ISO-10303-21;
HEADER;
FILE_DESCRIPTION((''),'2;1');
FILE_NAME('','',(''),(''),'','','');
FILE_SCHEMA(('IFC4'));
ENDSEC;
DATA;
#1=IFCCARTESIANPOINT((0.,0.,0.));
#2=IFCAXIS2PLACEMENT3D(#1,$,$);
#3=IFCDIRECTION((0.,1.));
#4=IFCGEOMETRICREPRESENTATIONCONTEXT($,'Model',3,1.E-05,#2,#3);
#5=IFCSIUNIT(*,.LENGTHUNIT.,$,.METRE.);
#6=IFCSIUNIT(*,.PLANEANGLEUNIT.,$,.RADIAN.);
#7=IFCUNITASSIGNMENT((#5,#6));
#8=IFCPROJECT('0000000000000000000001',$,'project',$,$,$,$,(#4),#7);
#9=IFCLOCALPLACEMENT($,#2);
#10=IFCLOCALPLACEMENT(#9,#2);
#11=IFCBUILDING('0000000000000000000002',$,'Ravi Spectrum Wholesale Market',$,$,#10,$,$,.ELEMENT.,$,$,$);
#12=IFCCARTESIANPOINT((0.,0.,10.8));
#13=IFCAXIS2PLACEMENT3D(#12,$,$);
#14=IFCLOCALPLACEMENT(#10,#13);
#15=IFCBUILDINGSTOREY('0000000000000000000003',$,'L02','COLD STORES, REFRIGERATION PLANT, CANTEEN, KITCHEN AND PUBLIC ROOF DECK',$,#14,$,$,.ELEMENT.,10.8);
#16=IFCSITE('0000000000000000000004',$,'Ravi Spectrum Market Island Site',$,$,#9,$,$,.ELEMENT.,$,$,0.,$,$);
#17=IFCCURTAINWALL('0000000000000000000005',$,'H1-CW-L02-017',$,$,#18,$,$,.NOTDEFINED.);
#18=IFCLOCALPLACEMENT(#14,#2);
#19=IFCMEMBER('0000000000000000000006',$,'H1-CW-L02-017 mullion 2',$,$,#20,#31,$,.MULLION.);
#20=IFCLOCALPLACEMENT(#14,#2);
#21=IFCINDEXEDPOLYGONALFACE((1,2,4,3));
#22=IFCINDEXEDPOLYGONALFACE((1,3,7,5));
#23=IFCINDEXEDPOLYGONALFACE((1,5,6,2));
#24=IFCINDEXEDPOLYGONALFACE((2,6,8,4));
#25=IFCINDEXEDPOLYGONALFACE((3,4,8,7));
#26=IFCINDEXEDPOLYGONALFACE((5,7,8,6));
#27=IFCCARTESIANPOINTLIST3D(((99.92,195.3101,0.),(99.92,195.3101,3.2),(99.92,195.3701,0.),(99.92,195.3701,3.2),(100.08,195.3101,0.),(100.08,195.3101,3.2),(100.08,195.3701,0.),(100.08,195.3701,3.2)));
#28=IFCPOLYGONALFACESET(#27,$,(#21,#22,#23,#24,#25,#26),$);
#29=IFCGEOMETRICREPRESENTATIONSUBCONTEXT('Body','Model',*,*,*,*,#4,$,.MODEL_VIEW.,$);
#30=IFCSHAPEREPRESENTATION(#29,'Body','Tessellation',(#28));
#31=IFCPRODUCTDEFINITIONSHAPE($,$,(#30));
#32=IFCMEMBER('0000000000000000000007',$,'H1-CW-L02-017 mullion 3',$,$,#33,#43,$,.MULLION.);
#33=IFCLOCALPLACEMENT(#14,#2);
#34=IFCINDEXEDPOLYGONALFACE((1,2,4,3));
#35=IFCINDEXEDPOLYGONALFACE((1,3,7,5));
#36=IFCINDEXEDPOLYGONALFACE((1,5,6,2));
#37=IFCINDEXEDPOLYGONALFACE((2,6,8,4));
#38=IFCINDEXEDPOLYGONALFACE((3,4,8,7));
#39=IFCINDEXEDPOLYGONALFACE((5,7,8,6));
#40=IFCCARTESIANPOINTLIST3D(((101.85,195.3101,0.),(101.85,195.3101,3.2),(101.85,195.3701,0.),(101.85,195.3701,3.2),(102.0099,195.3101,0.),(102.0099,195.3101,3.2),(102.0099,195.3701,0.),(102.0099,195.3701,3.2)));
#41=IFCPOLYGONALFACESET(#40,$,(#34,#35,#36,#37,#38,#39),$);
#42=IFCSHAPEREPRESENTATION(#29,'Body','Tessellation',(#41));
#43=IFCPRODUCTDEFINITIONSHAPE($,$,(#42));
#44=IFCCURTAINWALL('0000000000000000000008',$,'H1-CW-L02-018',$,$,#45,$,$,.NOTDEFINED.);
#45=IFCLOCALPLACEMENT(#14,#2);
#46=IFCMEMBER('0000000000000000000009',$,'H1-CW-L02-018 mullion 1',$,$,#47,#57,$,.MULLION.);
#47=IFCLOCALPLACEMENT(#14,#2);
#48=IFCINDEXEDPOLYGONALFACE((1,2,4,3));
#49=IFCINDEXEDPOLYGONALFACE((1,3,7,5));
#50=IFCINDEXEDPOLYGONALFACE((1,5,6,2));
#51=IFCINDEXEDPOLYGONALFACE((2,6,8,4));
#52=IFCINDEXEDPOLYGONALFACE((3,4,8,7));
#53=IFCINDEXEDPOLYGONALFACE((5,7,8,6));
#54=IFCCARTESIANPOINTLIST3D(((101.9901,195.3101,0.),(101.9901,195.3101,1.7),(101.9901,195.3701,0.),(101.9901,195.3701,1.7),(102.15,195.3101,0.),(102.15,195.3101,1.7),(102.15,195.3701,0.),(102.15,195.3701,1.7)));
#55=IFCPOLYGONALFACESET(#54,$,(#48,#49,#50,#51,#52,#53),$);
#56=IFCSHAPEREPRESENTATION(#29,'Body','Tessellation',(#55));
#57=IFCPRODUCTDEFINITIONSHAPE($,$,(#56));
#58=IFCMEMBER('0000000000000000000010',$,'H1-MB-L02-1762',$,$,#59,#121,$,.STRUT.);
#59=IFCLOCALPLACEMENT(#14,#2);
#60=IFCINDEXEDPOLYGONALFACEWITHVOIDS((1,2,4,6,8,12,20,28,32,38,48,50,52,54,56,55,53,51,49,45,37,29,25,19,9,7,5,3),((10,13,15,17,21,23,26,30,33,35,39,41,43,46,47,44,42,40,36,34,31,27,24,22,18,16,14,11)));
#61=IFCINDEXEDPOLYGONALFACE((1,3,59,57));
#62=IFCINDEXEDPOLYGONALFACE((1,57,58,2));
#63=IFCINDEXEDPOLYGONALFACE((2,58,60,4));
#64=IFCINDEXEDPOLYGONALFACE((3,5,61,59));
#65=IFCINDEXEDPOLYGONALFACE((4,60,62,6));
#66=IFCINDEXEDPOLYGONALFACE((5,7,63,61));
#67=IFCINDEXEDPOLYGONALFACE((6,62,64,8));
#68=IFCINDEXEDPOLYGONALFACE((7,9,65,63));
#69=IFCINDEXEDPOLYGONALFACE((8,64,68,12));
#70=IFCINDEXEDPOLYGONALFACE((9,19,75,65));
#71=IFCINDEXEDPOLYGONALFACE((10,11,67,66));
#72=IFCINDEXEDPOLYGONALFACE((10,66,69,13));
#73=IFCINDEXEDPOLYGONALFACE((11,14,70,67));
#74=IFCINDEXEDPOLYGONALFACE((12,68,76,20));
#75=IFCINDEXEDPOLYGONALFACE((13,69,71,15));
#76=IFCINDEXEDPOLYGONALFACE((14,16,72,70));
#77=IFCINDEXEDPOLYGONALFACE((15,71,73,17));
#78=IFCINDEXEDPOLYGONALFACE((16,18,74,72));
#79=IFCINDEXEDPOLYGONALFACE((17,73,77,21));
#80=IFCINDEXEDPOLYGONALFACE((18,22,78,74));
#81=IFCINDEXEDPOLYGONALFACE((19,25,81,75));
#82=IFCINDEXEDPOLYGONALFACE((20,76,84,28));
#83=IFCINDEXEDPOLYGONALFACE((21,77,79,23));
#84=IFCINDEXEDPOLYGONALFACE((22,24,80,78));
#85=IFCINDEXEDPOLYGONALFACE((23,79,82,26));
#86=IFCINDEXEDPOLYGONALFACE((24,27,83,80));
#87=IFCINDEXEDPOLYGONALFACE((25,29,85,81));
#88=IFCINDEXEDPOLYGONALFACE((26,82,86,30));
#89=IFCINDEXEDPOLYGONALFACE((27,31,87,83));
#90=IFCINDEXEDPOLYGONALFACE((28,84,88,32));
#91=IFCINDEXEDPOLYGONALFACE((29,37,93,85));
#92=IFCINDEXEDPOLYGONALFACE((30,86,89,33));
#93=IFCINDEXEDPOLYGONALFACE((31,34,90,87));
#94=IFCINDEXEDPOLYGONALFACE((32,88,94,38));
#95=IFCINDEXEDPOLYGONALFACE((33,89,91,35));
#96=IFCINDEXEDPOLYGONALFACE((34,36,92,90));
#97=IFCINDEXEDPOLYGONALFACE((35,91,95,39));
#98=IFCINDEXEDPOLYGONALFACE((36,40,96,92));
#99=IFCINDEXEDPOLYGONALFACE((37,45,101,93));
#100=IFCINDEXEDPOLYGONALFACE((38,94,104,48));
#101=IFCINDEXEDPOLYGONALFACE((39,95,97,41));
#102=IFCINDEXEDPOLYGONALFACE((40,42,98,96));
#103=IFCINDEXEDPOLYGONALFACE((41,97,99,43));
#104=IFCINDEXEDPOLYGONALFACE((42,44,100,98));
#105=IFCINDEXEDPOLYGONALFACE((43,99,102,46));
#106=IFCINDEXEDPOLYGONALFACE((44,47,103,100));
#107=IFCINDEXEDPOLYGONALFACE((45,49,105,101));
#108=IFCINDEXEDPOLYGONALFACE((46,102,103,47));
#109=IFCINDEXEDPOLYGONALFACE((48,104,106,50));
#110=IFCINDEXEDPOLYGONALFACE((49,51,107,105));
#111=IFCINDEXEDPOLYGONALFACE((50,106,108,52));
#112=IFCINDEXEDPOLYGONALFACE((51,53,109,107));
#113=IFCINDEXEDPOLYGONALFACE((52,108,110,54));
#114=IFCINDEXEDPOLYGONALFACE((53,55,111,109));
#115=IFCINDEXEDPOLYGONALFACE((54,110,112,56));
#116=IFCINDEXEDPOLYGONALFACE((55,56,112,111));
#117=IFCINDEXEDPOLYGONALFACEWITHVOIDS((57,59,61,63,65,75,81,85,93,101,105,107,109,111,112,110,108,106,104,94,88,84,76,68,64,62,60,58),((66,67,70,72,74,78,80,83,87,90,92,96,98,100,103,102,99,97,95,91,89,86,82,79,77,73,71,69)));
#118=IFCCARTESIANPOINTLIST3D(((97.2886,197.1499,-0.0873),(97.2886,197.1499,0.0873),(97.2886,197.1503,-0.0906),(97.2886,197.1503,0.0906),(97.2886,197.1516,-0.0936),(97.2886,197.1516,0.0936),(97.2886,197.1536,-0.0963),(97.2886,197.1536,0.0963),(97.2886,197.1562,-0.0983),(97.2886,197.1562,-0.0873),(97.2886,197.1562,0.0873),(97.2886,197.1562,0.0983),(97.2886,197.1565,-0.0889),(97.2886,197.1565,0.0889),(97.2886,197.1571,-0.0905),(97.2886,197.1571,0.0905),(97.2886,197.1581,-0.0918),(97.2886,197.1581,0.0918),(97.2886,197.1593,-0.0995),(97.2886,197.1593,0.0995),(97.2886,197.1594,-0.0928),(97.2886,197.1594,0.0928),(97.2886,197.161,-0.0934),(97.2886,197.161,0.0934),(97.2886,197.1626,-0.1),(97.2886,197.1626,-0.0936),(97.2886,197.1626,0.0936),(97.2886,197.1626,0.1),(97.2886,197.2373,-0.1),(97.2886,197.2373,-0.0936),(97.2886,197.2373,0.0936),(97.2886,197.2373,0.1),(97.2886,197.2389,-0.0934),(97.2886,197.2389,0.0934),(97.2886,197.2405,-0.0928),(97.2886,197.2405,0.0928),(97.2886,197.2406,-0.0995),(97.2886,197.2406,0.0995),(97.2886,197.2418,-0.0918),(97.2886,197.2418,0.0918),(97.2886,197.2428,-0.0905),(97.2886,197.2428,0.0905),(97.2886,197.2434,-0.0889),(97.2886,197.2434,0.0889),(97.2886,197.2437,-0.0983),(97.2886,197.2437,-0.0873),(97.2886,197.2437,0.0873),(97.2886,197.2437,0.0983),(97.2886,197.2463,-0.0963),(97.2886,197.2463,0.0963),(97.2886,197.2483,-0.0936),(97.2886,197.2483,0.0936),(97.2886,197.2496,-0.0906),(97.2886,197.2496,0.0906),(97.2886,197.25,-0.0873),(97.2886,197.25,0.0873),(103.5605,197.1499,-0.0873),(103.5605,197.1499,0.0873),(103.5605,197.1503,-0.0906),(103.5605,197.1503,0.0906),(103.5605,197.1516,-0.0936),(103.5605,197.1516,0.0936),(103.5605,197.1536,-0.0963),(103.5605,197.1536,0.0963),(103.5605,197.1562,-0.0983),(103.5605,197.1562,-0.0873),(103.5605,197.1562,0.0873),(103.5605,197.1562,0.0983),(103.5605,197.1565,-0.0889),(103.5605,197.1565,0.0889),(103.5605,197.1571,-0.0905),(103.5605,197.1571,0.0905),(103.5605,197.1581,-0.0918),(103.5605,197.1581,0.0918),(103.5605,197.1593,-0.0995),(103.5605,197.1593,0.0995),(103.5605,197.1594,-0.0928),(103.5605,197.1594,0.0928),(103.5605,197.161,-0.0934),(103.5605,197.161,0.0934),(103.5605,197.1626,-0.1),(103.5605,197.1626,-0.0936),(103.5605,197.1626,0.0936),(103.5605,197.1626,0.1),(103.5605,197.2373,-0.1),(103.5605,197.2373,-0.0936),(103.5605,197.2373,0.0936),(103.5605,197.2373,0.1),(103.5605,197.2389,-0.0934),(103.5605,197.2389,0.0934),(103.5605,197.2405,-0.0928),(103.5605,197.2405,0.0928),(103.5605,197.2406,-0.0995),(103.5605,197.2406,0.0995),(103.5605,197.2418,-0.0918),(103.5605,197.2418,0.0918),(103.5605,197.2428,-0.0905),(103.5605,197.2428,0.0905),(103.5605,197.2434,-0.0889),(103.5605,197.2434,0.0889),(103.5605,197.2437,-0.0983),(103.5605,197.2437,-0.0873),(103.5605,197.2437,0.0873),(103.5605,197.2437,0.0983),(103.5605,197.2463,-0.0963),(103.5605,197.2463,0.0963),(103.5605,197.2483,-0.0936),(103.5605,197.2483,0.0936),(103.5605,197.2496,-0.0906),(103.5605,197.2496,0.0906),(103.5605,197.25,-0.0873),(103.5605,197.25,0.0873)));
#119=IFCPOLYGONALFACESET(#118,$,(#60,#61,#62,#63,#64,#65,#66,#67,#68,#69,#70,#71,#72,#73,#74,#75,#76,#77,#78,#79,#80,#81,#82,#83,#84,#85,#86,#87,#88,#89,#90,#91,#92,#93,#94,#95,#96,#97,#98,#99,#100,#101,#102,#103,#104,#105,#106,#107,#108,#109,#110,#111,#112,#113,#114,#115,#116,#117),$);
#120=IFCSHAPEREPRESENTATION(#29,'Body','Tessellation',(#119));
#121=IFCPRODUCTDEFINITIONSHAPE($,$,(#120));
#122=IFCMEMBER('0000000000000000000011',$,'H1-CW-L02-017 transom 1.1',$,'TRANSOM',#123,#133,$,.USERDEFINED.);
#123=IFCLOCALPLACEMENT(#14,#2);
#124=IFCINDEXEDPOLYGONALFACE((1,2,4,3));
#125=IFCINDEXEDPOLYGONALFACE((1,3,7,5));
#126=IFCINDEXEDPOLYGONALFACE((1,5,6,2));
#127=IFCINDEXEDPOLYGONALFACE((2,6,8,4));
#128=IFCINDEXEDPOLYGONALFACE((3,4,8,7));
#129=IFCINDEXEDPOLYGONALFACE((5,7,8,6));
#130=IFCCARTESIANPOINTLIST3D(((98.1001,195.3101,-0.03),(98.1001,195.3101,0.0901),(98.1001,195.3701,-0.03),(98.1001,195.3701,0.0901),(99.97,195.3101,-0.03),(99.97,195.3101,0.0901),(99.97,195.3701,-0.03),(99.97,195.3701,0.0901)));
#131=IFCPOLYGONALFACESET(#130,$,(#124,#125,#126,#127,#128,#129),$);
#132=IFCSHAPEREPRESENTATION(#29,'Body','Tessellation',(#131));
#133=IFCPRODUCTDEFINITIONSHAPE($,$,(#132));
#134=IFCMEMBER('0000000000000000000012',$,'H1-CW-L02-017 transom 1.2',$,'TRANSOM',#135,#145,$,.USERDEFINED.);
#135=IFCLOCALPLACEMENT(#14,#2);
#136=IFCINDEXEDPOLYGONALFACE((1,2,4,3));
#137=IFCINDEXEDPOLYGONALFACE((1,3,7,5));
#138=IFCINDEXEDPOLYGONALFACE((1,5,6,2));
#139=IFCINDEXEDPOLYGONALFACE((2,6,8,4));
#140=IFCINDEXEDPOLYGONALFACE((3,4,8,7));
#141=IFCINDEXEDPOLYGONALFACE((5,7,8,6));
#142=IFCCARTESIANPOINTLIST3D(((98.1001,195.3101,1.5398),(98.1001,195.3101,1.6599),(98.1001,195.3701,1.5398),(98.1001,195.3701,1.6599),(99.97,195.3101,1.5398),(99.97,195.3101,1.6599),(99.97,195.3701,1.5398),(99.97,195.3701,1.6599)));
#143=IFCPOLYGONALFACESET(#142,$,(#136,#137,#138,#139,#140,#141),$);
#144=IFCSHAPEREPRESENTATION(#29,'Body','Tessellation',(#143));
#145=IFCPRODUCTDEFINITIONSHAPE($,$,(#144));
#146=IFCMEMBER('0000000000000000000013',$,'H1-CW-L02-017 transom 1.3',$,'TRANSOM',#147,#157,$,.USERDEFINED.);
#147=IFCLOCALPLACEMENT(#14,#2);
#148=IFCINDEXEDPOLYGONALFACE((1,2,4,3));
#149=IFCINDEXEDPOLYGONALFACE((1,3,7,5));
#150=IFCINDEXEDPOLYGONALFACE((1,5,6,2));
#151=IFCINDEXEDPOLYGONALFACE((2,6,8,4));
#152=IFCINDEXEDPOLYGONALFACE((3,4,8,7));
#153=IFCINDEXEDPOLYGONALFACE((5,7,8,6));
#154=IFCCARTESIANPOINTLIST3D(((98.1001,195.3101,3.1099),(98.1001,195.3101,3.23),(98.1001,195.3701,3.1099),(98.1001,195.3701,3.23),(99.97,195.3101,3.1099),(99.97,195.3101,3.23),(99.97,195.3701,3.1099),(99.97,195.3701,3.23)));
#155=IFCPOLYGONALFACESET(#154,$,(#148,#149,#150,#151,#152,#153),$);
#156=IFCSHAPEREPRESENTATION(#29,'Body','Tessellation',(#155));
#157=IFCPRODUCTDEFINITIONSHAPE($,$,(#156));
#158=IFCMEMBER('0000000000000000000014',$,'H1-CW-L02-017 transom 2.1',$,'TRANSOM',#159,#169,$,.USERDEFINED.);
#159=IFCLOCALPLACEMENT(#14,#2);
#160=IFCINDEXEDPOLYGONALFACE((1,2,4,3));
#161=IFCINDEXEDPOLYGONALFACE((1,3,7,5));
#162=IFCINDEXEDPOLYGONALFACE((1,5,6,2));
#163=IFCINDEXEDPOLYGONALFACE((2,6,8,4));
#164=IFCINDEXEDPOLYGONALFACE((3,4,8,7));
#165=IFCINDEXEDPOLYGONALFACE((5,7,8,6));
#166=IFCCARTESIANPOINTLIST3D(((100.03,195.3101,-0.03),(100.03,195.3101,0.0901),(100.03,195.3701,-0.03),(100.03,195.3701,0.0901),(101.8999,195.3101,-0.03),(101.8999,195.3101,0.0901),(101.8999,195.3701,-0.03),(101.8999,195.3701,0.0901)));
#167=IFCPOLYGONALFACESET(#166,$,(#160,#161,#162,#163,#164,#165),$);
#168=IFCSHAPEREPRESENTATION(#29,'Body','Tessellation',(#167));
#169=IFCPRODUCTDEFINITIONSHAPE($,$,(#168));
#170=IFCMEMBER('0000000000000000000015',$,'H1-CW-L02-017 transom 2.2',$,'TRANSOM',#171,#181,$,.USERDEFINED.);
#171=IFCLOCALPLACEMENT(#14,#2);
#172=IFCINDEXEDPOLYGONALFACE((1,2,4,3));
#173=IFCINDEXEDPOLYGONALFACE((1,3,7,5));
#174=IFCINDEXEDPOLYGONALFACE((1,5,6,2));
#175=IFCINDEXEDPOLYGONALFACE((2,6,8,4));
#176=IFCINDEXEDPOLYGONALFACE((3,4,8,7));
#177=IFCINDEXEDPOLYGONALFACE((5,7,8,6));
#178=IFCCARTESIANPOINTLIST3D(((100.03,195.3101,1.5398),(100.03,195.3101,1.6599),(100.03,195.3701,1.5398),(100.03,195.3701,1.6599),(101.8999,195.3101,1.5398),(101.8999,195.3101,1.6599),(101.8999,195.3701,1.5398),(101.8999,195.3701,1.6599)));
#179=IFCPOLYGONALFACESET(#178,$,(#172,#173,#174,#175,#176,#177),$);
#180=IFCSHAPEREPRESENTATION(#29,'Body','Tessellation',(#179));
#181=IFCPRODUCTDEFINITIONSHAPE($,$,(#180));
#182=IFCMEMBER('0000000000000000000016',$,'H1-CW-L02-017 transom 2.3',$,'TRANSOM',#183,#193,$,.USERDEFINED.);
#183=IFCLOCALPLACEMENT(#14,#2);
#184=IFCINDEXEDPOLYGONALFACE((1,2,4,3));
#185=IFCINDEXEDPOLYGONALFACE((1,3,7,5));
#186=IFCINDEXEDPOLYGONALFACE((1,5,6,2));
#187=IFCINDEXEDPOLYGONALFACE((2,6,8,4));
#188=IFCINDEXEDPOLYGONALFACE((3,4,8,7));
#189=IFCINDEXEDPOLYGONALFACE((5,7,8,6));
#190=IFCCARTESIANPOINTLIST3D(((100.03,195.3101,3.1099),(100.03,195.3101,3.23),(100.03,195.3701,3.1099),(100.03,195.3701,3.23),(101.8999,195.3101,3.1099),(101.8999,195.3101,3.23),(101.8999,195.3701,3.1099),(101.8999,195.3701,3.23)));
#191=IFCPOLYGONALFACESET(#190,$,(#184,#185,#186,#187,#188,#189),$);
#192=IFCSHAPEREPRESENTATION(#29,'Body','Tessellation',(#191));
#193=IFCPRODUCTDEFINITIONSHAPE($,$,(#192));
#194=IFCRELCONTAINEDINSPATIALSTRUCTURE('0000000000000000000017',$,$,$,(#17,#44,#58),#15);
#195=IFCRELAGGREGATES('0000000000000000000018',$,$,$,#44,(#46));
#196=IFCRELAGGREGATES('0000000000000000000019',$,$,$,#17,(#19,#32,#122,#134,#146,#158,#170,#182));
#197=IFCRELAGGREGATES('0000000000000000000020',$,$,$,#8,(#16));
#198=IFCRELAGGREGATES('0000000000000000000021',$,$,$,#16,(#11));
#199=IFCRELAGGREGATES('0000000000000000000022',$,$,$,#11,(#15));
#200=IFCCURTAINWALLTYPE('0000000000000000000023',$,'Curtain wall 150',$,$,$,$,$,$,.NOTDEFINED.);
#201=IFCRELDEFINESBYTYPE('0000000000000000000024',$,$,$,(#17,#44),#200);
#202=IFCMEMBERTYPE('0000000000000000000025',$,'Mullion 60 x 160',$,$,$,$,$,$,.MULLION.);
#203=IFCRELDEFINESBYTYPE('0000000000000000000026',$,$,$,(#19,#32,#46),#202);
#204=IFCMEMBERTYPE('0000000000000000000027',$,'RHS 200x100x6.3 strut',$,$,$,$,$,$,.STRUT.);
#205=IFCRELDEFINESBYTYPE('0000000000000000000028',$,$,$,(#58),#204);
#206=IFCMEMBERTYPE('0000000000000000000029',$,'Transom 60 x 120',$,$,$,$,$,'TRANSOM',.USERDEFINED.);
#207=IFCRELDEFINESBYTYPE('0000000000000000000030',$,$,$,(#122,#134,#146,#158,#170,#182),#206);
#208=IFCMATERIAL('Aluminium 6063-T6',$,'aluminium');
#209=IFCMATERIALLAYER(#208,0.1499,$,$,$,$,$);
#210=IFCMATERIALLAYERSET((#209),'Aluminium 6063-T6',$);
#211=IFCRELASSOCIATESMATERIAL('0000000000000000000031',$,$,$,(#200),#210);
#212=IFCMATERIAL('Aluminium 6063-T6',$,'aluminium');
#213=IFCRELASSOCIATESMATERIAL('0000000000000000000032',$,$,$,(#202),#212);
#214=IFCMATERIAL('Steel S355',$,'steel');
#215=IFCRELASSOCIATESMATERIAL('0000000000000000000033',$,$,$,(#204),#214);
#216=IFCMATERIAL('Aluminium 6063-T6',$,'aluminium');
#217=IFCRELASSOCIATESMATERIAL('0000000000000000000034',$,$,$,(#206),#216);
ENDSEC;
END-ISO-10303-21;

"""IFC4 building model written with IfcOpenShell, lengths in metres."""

from ifc_helpers import new_model, si_unit, direction, frame, origin, origin_2d, place, context, subcontext, project, spatial, rectangle, hollow_rectangle, extrude, material, layer, layer_set, material_profile, profile_set, type_object, element, aggregate, save


model = new_model("IFC4")

# Units and contexts
model_context = context("Model", 3, precision=1e-05, world=origin(), true_north=direction((0.0, 1.0)))
body_context = subcontext(model_context, "Body", "Model", "MODEL_VIEW")
ifc_project = project(units=[si_unit("LENGTHUNIT", "METRE"), si_unit("PLANEANGLEUNIT", "RADIAN")], contexts=[model_context])

# Site, building, storey
site_placement = place(None, origin())
site = spatial("IfcSite", under=ifc_project, at=site_placement, Name="Ravi Spectrum Market Island Site", CompositionType="ELEMENT", RefElevation=0.0)
building_placement = place(site_placement, origin())
building = spatial("IfcBuilding", under=site, at=building_placement, Name="Ravi Spectrum Wholesale Market", CompositionType="ELEMENT")
storey_placement = place(building_placement, frame((0.0, 0.0, 10.8)))
storey = spatial("IfcBuildingStorey", under=building, at=storey_placement, Name="L02", Description="COLD STORES, REFRIGERATION PLANT, CANTEEN, KITCHEN AND PUBLIC ROOF DECK", CompositionType="ELEMENT", Elevation=10.8)

# Shared definitions
ifc_material_1 = material(Name="Aluminium 6063-T6", Category="aluminium")
ifc_layer_1 = layer(ifc_material_1, 0.1499)
ifc_layer_set_1 = layer_set([ifc_layer_1], Name="Aluminium 6063-T6")
curtain_wall_type = type_object("IfcCurtainWallType", Name="Curtain wall 150", PredefinedType="NOTDEFINED", material=ifc_layer_set_1)
ifc_material_2 = material(Name="Aluminium 6063-T6", Category="aluminium")
ifc_material_profile_1 = material_profile(ifc_material_2, rectangle(XDim=0.0601, YDim=0.1599, at=origin_2d()))
ifc_profile_set_1 = profile_set([ifc_material_profile_1], Name="Aluminium 6063-T6")
member_type_1 = type_object("IfcMemberType", Name="Mullion 60 x 160", PredefinedType="MULLION", material=ifc_profile_set_1)

# Curtain wall, members
curtain_wall_1_placement = place(storey_placement, origin())
curtain_wall_1 = element("IfcCurtainWall", 1, at=curtain_wall_1_placement, inside=storey, type_object=curtain_wall_type, Name="H1-CW-L02-017", PredefinedType="NOTDEFINED")
member_1_placement = place(storey_placement, frame((100.0, 195.3401, 0.0), z_axis=(0.0, 0.0, 1.0), x_axis=(0.0, 1.0, 0.0)))
member_1 = element("IfcMember", 2, at=member_1_placement, type_object=member_type_1, Name="H1-CW-L02-017 mullion 2", PredefinedType="MULLION", context=body_context, shape_type="SweptSolid", body=[
    extrude(rectangle(XDim=0.0601, YDim=0.1599, at=origin_2d()), origin(), (0.0, 0.0, 1.0), 3.2),
])
member_2_placement = place(storey_placement, frame((101.9299, 195.3401, 0.0), z_axis=(0.0, 0.0, 1.0), x_axis=(0.0, 1.0, 0.0)))
member_2 = element("IfcMember", 3, at=member_2_placement, type_object=member_type_1, Name="H1-CW-L02-017 mullion 3", PredefinedType="MULLION", context=body_context, shape_type="SweptSolid", body=[
    extrude(rectangle(XDim=0.0601, YDim=0.1599, at=origin_2d()), origin(), (0.0, 0.0, 1.0), 3.2),
])

# Curtain wall, member
curtain_wall_2_placement = place(storey_placement, origin())
curtain_wall_2 = element("IfcCurtainWall", 4, at=curtain_wall_2_placement, inside=storey, type_object=curtain_wall_type, Name="H1-CW-L02-018", PredefinedType="NOTDEFINED")
member_3_placement = place(storey_placement, frame((102.0701, 195.3401, 0.0), z_axis=(0.0, 0.0, 1.0), x_axis=(0.0, 1.0, 0.0)))
member_3 = element("IfcMember", 5, at=member_3_placement, type_object=member_type_1, Name="H1-CW-L02-018 mullion 1", PredefinedType="MULLION", context=body_context, shape_type="SweptSolid", body=[
    extrude(rectangle(XDim=0.0601, YDim=0.1599, at=origin_2d()), origin(), (0.0, 0.0, 1.0), 1.7),
])

# Members
ifc_material_3 = material(Name="Steel S355", Category="steel")
ifc_material_profile_2 = material_profile(ifc_material_3, hollow_rectangle(XDim=0.1001, YDim=0.2, WallThickness=0.0063, InnerFilletRadius=0.0063, OuterFilletRadius=0.0127, at=origin_2d()))
ifc_profile_set_2 = profile_set([ifc_material_profile_2], Name="Steel S355")
member_type_2 = type_object("IfcMemberType", Name="RHS 200x100x6.3 strut", PredefinedType="STRUT", material=ifc_profile_set_2)
member_4_placement = place(storey_placement, frame((97.2886, 197.2, 0.0), z_axis=(1.0, 0.0, 0.0), x_axis=(0.0, 1.0, 0.0)))
element("IfcMember", 6, at=member_4_placement, inside=storey, type_object=member_type_2, Name="H1-MB-L02-1762", PredefinedType="STRUT", context=body_context, shape_type="SweptSolid", body=[
    extrude(hollow_rectangle(XDim=0.1001, YDim=0.2, WallThickness=0.0063, InnerFilletRadius=0.0063, OuterFilletRadius=0.0127, at=origin_2d()), origin(), (0.0, 0.0, 1.0), 6.272),
])
ifc_material_4 = material(Name="Aluminium 6063-T6", Category="aluminium")
ifc_material_profile_3 = material_profile(ifc_material_4, rectangle(XDim=0.0601, YDim=0.1201, at=origin_2d()))
ifc_profile_set_3 = profile_set([ifc_material_profile_3], Name="Aluminium 6063-T6")
member_type_3 = type_object("IfcMemberType", Name="Transom 60 x 120", ElementType="TRANSOM", PredefinedType="USERDEFINED", material=ifc_profile_set_3)
member_5_placement = place(storey_placement, frame((98.1001, 195.3401, 0.03), z_axis=(1.0, 0.0, 0.0), x_axis=(0.0, 1.0, 0.0)))
member_5 = element("IfcMember", 7, at=member_5_placement, type_object=member_type_3, Name="H1-CW-L02-017 transom 1.1", ObjectType="TRANSOM", PredefinedType="USERDEFINED", context=body_context, shape_type="SweptSolid", body=[
    extrude(rectangle(XDim=0.0601, YDim=0.1201, at=origin_2d()), origin(), (0.0, 0.0, 1.0), 1.8699),
])
member_6_placement = place(storey_placement, frame((98.1001, 195.3401, 1.5999), z_axis=(1.0, 0.0, 0.0), x_axis=(0.0, 1.0, 0.0)))
member_6 = element("IfcMember", 8, at=member_6_placement, type_object=member_type_3, Name="H1-CW-L02-017 transom 1.2", ObjectType="TRANSOM", PredefinedType="USERDEFINED", context=body_context, shape_type="SweptSolid", body=[
    extrude(rectangle(XDim=0.0601, YDim=0.1201, at=origin_2d()), origin(), (0.0, 0.0, 1.0), 1.8699),
])
member_7_placement = place(storey_placement, frame((98.1001, 195.3401, 3.1699), z_axis=(1.0, 0.0, 0.0), x_axis=(0.0, 1.0, 0.0)))
member_7 = element("IfcMember", 9, at=member_7_placement, type_object=member_type_3, Name="H1-CW-L02-017 transom 1.3", ObjectType="TRANSOM", PredefinedType="USERDEFINED", context=body_context, shape_type="SweptSolid", body=[
    extrude(rectangle(XDim=0.0601, YDim=0.1201, at=origin_2d()), origin(), (0.0, 0.0, 1.0), 1.8699),
])
member_8_placement = place(storey_placement, frame((100.03, 195.3401, 0.03), z_axis=(1.0, 0.0, 0.0), x_axis=(0.0, 1.0, 0.0)))
member_8 = element("IfcMember", 10, at=member_8_placement, type_object=member_type_3, Name="H1-CW-L02-017 transom 2.1", ObjectType="TRANSOM", PredefinedType="USERDEFINED", context=body_context, shape_type="SweptSolid", body=[
    extrude(rectangle(XDim=0.0601, YDim=0.1201, at=origin_2d()), origin(), (0.0, 0.0, 1.0), 1.8699),
])
member_9_placement = place(storey_placement, frame((100.03, 195.3401, 1.5999), z_axis=(1.0, 0.0, 0.0), x_axis=(0.0, 1.0, 0.0)))
member_9 = element("IfcMember", 11, at=member_9_placement, type_object=member_type_3, Name="H1-CW-L02-017 transom 2.2", ObjectType="TRANSOM", PredefinedType="USERDEFINED", context=body_context, shape_type="SweptSolid", body=[
    extrude(rectangle(XDim=0.0601, YDim=0.1201, at=origin_2d()), origin(), (0.0, 0.0, 1.0), 1.8699),
])
member_10_placement = place(storey_placement, frame((100.03, 195.3401, 3.1699), z_axis=(1.0, 0.0, 0.0), x_axis=(0.0, 1.0, 0.0)))
member_10 = element("IfcMember", 12, at=member_10_placement, type_object=member_type_3, Name="H1-CW-L02-017 transom 2.3", ObjectType="TRANSOM", PredefinedType="USERDEFINED", context=body_context, shape_type="SweptSolid", body=[
    extrude(rectangle(XDim=0.0601, YDim=0.1201, at=origin_2d()), origin(), (0.0, 0.0, 1.0), 1.8699),
])
aggregate(curtain_wall_2, [member_3])

aggregate(curtain_wall_1, [member_1, member_2, member_5, member_6, member_7, member_8, member_9, member_10])

save(model, "model.ifc")
